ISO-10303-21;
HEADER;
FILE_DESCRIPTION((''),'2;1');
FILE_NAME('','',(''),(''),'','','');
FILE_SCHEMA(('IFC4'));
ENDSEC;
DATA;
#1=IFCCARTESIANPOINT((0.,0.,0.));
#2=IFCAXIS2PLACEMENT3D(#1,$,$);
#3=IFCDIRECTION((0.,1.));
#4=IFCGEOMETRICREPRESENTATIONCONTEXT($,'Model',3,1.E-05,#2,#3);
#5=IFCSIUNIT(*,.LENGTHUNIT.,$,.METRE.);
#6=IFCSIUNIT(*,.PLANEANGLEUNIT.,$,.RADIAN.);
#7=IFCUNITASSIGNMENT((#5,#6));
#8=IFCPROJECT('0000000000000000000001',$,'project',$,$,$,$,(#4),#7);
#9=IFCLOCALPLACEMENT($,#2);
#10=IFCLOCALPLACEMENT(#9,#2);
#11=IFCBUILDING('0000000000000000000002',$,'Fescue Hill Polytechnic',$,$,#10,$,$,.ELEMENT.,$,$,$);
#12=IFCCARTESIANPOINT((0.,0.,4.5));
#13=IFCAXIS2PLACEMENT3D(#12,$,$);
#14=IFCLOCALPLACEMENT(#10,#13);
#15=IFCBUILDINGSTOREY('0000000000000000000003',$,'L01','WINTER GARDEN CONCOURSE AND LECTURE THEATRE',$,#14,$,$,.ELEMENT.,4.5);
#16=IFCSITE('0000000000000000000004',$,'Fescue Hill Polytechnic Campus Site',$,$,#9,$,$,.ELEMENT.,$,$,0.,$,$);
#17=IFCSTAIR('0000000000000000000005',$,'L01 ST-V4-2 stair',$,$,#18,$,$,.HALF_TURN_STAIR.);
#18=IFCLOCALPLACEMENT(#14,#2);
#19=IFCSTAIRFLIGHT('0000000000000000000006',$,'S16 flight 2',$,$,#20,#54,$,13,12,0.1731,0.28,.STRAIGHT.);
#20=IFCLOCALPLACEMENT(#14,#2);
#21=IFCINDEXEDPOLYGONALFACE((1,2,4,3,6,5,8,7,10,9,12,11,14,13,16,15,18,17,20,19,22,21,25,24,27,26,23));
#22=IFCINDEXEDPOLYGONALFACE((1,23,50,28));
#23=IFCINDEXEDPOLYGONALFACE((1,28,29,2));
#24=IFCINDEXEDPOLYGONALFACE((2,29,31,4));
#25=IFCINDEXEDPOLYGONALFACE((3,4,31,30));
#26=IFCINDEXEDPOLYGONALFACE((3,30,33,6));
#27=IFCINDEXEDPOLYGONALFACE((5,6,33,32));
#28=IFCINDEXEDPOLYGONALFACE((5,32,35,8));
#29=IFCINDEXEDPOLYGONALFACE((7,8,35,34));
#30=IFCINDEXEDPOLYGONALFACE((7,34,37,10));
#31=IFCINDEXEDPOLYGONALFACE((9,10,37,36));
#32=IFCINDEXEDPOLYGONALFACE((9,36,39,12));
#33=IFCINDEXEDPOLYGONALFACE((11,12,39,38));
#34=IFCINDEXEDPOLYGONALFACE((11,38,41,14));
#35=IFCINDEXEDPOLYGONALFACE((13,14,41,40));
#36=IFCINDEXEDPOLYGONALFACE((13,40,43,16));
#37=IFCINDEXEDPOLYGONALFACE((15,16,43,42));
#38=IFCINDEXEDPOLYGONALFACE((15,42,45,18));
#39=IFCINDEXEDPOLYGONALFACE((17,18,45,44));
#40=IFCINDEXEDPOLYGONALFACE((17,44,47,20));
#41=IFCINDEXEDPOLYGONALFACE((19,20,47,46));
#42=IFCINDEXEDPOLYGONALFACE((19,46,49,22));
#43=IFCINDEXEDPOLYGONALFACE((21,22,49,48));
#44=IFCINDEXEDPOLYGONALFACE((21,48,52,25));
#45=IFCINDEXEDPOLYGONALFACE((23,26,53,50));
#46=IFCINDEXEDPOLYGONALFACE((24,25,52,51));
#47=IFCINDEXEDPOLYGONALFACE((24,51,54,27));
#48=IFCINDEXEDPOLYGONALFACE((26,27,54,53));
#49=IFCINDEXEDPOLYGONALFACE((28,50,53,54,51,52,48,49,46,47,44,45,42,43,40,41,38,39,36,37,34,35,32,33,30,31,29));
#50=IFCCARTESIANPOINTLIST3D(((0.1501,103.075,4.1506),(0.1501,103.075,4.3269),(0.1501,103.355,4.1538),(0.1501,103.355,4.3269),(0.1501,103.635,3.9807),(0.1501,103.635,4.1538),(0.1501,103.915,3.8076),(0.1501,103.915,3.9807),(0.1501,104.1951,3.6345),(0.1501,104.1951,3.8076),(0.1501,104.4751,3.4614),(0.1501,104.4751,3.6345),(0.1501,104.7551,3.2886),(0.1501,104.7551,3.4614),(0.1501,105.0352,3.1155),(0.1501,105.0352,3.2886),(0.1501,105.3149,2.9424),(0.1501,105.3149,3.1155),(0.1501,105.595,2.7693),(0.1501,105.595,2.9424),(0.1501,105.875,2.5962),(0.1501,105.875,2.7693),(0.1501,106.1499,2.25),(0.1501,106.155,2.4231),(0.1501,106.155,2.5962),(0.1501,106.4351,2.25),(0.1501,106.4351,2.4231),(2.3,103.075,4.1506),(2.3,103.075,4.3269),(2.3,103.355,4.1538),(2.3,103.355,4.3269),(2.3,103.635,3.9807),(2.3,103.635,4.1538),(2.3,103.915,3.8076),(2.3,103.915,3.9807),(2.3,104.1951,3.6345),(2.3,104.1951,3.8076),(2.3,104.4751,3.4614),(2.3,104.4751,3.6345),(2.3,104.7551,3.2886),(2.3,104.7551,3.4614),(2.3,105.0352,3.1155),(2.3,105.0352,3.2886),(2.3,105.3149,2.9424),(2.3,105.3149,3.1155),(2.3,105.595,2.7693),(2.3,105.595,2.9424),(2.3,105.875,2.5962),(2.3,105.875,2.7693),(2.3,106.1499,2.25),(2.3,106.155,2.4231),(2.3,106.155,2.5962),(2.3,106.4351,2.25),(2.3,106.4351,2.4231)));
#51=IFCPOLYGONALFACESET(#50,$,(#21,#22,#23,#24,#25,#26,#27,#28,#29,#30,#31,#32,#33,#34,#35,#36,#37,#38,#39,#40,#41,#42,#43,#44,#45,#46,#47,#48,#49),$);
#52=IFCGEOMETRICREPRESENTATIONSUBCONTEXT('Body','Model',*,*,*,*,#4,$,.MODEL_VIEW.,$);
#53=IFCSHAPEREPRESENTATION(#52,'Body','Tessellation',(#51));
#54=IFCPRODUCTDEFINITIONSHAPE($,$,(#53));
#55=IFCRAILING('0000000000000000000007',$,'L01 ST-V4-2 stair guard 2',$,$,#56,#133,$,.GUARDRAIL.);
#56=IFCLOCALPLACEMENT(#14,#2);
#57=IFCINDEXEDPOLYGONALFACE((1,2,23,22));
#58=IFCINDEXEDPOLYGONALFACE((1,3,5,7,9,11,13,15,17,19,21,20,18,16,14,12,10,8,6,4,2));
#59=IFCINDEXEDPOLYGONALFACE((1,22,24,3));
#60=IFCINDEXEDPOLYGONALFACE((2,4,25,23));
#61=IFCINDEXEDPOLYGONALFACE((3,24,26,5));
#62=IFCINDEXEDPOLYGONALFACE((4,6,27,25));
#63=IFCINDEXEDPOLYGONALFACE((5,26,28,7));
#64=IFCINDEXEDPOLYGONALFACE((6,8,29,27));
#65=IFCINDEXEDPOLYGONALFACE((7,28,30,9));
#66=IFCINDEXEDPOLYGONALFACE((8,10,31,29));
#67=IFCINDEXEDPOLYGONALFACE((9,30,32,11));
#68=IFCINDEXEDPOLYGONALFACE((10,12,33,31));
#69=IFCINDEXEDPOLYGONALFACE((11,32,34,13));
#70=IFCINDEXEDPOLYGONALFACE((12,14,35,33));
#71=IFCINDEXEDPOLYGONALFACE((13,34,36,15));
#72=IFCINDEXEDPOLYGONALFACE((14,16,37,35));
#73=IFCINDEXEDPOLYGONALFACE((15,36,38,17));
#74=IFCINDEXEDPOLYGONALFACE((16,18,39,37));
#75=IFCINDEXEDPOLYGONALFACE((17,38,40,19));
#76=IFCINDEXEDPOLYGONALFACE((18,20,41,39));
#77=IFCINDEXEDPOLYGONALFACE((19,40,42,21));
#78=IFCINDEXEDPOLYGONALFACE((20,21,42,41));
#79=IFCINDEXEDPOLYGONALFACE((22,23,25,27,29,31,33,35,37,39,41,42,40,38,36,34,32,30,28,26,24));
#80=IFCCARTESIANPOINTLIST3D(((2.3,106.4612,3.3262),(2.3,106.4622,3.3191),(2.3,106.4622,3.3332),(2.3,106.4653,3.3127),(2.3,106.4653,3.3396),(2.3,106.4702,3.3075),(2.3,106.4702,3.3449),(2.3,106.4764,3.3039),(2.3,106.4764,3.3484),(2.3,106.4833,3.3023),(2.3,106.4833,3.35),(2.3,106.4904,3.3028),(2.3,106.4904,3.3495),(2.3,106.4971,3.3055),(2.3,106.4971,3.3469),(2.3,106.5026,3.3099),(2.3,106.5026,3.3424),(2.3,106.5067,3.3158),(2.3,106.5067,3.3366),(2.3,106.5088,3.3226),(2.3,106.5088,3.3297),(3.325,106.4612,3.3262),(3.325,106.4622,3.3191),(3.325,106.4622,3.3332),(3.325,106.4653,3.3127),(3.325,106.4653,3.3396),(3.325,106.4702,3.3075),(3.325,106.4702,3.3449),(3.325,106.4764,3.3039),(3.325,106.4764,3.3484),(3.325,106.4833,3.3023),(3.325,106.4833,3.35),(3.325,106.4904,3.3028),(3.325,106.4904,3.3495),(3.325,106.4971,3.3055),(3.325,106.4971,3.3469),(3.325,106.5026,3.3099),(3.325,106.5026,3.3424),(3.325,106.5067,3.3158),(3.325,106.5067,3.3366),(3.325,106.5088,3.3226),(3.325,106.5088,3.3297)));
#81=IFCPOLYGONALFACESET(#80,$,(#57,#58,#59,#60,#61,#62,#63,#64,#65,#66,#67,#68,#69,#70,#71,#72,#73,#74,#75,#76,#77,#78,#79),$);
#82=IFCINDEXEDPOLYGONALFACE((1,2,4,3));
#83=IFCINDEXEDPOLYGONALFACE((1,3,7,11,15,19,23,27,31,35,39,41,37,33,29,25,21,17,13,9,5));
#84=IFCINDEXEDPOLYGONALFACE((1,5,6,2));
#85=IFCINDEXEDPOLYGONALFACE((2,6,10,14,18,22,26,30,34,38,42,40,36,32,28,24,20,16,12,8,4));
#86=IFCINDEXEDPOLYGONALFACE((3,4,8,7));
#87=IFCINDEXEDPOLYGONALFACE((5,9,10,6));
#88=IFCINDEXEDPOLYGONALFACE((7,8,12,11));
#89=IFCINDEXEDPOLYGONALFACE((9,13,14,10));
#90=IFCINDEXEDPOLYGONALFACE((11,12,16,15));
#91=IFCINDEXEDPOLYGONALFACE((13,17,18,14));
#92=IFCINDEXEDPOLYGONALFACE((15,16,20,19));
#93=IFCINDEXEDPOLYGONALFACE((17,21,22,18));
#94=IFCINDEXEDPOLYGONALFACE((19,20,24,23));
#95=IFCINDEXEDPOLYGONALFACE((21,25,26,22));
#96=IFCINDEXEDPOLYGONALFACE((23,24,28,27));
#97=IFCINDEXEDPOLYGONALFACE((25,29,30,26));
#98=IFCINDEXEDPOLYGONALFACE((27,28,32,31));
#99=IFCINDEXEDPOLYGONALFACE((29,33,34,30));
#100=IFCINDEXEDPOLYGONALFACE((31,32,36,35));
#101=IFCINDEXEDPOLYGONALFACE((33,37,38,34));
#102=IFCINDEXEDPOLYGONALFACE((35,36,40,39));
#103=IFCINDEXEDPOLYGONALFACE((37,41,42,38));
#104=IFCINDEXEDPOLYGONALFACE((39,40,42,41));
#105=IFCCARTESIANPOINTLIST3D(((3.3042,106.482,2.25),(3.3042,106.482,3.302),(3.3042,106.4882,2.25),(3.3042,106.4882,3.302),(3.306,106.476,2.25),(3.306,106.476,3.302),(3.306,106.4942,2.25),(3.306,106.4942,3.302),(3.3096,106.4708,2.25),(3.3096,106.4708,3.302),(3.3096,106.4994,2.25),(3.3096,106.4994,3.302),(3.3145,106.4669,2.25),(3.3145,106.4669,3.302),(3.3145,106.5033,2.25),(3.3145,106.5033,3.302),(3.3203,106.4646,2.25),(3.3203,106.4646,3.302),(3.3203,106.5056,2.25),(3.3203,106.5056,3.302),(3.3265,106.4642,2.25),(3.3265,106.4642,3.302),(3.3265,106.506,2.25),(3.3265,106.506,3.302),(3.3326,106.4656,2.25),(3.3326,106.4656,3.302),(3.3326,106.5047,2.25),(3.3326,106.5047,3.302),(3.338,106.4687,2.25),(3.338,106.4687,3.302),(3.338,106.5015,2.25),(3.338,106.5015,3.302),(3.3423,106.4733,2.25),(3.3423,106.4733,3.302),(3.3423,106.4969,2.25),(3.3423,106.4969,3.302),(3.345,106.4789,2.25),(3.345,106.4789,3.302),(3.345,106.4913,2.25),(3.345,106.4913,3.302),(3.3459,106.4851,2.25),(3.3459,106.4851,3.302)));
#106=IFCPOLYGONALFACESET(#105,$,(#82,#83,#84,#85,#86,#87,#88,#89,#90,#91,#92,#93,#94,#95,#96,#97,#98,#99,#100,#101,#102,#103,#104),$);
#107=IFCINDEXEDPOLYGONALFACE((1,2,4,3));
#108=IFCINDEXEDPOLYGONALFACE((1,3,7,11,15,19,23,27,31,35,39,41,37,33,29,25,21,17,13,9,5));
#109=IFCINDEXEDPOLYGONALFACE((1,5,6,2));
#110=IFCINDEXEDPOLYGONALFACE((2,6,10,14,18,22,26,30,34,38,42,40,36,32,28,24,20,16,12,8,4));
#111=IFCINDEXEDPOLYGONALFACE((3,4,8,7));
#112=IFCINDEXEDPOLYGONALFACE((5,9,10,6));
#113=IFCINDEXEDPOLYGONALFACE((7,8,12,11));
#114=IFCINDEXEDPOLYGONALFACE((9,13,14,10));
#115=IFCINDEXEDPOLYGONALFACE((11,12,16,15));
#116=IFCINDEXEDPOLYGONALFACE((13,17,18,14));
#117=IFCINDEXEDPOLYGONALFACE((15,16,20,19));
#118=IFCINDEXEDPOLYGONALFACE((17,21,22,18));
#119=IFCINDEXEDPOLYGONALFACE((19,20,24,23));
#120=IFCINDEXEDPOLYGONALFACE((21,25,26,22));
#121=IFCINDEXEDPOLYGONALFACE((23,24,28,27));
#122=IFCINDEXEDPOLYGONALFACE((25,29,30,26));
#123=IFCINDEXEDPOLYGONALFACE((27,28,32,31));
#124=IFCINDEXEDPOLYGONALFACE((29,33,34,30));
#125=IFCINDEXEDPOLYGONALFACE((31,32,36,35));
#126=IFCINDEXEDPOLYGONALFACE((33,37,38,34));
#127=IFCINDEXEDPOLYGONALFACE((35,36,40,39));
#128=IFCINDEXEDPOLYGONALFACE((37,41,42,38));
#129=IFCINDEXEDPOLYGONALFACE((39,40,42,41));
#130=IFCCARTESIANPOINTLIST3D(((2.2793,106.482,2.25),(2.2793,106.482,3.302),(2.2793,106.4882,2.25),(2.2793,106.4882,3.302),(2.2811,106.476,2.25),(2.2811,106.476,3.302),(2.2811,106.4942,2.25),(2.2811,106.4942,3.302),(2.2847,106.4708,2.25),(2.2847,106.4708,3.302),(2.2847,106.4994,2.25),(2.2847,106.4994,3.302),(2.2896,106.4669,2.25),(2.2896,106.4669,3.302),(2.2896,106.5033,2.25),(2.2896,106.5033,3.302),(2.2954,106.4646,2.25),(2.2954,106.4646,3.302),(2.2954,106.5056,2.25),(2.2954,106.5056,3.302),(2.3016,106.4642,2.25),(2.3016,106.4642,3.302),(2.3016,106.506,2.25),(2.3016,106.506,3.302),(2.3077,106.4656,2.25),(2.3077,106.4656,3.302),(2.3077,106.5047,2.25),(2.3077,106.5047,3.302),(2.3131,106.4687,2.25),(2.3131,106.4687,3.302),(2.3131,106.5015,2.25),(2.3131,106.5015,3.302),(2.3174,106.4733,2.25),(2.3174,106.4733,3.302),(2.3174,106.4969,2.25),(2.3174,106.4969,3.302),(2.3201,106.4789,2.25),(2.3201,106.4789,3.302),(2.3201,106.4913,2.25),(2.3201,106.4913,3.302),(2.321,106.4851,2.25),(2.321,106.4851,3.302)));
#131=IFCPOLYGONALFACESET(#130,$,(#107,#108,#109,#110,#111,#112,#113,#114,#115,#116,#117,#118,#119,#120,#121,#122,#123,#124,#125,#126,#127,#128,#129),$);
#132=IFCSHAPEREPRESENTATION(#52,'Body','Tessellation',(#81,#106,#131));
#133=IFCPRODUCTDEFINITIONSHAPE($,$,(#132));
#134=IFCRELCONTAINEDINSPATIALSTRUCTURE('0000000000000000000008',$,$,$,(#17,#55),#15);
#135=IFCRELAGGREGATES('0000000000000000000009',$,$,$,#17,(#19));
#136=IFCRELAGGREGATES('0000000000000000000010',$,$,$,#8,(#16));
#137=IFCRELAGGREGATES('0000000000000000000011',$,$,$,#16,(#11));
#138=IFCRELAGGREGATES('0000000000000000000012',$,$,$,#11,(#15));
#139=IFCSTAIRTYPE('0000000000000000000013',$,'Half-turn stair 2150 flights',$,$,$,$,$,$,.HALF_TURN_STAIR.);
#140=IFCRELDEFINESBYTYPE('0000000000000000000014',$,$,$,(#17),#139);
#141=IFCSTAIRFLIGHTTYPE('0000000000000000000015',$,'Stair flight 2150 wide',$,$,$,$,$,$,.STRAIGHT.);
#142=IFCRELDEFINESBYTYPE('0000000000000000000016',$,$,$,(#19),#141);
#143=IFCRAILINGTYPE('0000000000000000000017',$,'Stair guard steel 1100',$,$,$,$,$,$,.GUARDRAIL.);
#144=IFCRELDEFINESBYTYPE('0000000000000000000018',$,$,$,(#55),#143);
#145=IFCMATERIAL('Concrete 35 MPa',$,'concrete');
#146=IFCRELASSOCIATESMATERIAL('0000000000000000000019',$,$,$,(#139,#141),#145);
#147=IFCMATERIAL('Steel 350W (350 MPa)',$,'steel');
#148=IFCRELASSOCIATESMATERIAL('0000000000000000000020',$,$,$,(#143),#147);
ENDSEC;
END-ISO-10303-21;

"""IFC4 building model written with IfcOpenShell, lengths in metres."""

from ifc_helpers import new_model, si_unit, direction, frame, origin, origin_2d, place, context, subcontext, project, spatial, polyline, circle, outline, extrude, material, type_object, element, aggregate, save


model = new_model("IFC4")

# Units and contexts
model_context = context("Model", 3, precision=1e-05, world=origin(), true_north=direction((0.0, 1.0)))
body_context = subcontext(model_context, "Body", "Model", "MODEL_VIEW")
ifc_project = project(units=[si_unit("LENGTHUNIT", "METRE"), si_unit("PLANEANGLEUNIT", "RADIAN")], contexts=[model_context])

# Site, building, storey
site_placement = place(None, origin())
site = spatial("IfcSite", under=ifc_project, at=site_placement, Name="Fescue Hill Polytechnic Campus Site", CompositionType="ELEMENT", RefElevation=0.0)
building_placement = place(site_placement, origin())
building = spatial("IfcBuilding", under=site, at=building_placement, Name="Fescue Hill Polytechnic", CompositionType="ELEMENT")
storey_placement = place(building_placement, frame((0.0, 0.0, 4.5)))
storey = spatial("IfcBuildingStorey", under=building, at=storey_placement, Name="L01", Description="WINTER GARDEN CONCOURSE AND LECTURE THEATRE", CompositionType="ELEMENT", Elevation=4.5)

# Shared definitions
ifc_material_1 = material(Name="Concrete 35 MPa", Category="concrete")

# Stair, stair flight
stair_type = type_object("IfcStairType", Name="Half-turn stair 2150 flights", PredefinedType="HALF_TURN_STAIR", material=ifc_material_1)
stair_placement = place(storey_placement, origin())
stair = element("IfcStair", 1, at=stair_placement, inside=storey, type_object=stair_type, Name="L01 ST-V4-2 stair", PredefinedType="HALF_TURN_STAIR")
stair_flight_type = type_object("IfcStairFlightType", Name="Stair flight 2150 wide", PredefinedType="STRAIGHT", material=ifc_material_1)
stair_flight_placement = place(storey_placement, frame((1.2251, 106.4351, 2.25), z_axis=(0.0, 0.0, 1.0), x_axis=(0.0, -1.0, 0.0)))
stair_flight = element("IfcStairFlight", 2, at=stair_flight_placement, type_object=stair_flight_type, Name="S16 flight 2", NumberOfRisers=13, NumberOfTreads=12, PredefinedType="STRAIGHT", RiserHeight=0.1731, TreadLength=0.28, context=body_context, shape_type="SweptSolid", body=[
    extrude(outline(polyline([(0.0, 0.0), (0.0, 0.1731), (0.28, 0.1731), (0.28, 0.3462), (0.5601, 0.3462), (0.5601, 0.5193), (0.8401, 0.5193), (0.8401, 0.6924), (1.1201, 0.6924), (1.1201, 0.8655), (1.3999, 0.8655), (1.3999, 1.0386), (1.6799, 1.0386), (1.6799, 1.2114), (1.96, 1.2114), (1.96, 1.3845), (2.24, 1.3845), (2.24, 1.5576), (2.52, 1.5576), (2.52, 1.7307), (2.8, 1.7307), (2.8, 1.9038), (3.0801, 1.9038), (3.0801, 2.0769), (3.3601, 2.0769), (3.3601, 2.25), (3.3601, 1.9006), (0.2852, 0.0), (0.0, 0.0)])), frame((0.0, 1.075, 0.0), z_axis=(0.0, -1.0, 0.0), x_axis=(1.0, 0.0, 0.0)), (0.0, 0.0, 1.0), 2.1499),
])
aggregate(stair, [stair_flight])

# Railing
ifc_material_2 = material(Name="Steel 350W (350 MPa)", Category="steel")
railing_type_1 = type_object("IfcRailingType", Name="Stair guard steel 1100", PredefinedType="GUARDRAIL", material=ifc_material_2)
railing_1_placement = place(storey_placement, frame((3.325, 106.4851, 2.25)))
element("IfcRailing", 3, at=railing_1_placement, inside=storey, type_object=railing_type_1, Name="L01 ST-V4-2 stair guard 2", PredefinedType="GUARDRAIL", context=body_context, shape_type="SweptSolid", body=[
    extrude(circle(Radius=0.0239, at=origin_2d()), frame((0.0, 0.0, 1.0762), z_axis=(-1.0, 0.0, 0.0), x_axis=(0.0, -1.0, 0.0)), (0.0, 0.0, 1.0), 1.0249),
    extrude(circle(Radius=0.021, at=origin_2d()), origin(), (0.0, 0.0, 1.0), 1.052),
    extrude(circle(Radius=0.021, at=origin_2d()), frame((-1.0249, 0.0, 0.0)), (0.0, 0.0, 1.0), 1.052),
])

save(model, "model.ifc")
